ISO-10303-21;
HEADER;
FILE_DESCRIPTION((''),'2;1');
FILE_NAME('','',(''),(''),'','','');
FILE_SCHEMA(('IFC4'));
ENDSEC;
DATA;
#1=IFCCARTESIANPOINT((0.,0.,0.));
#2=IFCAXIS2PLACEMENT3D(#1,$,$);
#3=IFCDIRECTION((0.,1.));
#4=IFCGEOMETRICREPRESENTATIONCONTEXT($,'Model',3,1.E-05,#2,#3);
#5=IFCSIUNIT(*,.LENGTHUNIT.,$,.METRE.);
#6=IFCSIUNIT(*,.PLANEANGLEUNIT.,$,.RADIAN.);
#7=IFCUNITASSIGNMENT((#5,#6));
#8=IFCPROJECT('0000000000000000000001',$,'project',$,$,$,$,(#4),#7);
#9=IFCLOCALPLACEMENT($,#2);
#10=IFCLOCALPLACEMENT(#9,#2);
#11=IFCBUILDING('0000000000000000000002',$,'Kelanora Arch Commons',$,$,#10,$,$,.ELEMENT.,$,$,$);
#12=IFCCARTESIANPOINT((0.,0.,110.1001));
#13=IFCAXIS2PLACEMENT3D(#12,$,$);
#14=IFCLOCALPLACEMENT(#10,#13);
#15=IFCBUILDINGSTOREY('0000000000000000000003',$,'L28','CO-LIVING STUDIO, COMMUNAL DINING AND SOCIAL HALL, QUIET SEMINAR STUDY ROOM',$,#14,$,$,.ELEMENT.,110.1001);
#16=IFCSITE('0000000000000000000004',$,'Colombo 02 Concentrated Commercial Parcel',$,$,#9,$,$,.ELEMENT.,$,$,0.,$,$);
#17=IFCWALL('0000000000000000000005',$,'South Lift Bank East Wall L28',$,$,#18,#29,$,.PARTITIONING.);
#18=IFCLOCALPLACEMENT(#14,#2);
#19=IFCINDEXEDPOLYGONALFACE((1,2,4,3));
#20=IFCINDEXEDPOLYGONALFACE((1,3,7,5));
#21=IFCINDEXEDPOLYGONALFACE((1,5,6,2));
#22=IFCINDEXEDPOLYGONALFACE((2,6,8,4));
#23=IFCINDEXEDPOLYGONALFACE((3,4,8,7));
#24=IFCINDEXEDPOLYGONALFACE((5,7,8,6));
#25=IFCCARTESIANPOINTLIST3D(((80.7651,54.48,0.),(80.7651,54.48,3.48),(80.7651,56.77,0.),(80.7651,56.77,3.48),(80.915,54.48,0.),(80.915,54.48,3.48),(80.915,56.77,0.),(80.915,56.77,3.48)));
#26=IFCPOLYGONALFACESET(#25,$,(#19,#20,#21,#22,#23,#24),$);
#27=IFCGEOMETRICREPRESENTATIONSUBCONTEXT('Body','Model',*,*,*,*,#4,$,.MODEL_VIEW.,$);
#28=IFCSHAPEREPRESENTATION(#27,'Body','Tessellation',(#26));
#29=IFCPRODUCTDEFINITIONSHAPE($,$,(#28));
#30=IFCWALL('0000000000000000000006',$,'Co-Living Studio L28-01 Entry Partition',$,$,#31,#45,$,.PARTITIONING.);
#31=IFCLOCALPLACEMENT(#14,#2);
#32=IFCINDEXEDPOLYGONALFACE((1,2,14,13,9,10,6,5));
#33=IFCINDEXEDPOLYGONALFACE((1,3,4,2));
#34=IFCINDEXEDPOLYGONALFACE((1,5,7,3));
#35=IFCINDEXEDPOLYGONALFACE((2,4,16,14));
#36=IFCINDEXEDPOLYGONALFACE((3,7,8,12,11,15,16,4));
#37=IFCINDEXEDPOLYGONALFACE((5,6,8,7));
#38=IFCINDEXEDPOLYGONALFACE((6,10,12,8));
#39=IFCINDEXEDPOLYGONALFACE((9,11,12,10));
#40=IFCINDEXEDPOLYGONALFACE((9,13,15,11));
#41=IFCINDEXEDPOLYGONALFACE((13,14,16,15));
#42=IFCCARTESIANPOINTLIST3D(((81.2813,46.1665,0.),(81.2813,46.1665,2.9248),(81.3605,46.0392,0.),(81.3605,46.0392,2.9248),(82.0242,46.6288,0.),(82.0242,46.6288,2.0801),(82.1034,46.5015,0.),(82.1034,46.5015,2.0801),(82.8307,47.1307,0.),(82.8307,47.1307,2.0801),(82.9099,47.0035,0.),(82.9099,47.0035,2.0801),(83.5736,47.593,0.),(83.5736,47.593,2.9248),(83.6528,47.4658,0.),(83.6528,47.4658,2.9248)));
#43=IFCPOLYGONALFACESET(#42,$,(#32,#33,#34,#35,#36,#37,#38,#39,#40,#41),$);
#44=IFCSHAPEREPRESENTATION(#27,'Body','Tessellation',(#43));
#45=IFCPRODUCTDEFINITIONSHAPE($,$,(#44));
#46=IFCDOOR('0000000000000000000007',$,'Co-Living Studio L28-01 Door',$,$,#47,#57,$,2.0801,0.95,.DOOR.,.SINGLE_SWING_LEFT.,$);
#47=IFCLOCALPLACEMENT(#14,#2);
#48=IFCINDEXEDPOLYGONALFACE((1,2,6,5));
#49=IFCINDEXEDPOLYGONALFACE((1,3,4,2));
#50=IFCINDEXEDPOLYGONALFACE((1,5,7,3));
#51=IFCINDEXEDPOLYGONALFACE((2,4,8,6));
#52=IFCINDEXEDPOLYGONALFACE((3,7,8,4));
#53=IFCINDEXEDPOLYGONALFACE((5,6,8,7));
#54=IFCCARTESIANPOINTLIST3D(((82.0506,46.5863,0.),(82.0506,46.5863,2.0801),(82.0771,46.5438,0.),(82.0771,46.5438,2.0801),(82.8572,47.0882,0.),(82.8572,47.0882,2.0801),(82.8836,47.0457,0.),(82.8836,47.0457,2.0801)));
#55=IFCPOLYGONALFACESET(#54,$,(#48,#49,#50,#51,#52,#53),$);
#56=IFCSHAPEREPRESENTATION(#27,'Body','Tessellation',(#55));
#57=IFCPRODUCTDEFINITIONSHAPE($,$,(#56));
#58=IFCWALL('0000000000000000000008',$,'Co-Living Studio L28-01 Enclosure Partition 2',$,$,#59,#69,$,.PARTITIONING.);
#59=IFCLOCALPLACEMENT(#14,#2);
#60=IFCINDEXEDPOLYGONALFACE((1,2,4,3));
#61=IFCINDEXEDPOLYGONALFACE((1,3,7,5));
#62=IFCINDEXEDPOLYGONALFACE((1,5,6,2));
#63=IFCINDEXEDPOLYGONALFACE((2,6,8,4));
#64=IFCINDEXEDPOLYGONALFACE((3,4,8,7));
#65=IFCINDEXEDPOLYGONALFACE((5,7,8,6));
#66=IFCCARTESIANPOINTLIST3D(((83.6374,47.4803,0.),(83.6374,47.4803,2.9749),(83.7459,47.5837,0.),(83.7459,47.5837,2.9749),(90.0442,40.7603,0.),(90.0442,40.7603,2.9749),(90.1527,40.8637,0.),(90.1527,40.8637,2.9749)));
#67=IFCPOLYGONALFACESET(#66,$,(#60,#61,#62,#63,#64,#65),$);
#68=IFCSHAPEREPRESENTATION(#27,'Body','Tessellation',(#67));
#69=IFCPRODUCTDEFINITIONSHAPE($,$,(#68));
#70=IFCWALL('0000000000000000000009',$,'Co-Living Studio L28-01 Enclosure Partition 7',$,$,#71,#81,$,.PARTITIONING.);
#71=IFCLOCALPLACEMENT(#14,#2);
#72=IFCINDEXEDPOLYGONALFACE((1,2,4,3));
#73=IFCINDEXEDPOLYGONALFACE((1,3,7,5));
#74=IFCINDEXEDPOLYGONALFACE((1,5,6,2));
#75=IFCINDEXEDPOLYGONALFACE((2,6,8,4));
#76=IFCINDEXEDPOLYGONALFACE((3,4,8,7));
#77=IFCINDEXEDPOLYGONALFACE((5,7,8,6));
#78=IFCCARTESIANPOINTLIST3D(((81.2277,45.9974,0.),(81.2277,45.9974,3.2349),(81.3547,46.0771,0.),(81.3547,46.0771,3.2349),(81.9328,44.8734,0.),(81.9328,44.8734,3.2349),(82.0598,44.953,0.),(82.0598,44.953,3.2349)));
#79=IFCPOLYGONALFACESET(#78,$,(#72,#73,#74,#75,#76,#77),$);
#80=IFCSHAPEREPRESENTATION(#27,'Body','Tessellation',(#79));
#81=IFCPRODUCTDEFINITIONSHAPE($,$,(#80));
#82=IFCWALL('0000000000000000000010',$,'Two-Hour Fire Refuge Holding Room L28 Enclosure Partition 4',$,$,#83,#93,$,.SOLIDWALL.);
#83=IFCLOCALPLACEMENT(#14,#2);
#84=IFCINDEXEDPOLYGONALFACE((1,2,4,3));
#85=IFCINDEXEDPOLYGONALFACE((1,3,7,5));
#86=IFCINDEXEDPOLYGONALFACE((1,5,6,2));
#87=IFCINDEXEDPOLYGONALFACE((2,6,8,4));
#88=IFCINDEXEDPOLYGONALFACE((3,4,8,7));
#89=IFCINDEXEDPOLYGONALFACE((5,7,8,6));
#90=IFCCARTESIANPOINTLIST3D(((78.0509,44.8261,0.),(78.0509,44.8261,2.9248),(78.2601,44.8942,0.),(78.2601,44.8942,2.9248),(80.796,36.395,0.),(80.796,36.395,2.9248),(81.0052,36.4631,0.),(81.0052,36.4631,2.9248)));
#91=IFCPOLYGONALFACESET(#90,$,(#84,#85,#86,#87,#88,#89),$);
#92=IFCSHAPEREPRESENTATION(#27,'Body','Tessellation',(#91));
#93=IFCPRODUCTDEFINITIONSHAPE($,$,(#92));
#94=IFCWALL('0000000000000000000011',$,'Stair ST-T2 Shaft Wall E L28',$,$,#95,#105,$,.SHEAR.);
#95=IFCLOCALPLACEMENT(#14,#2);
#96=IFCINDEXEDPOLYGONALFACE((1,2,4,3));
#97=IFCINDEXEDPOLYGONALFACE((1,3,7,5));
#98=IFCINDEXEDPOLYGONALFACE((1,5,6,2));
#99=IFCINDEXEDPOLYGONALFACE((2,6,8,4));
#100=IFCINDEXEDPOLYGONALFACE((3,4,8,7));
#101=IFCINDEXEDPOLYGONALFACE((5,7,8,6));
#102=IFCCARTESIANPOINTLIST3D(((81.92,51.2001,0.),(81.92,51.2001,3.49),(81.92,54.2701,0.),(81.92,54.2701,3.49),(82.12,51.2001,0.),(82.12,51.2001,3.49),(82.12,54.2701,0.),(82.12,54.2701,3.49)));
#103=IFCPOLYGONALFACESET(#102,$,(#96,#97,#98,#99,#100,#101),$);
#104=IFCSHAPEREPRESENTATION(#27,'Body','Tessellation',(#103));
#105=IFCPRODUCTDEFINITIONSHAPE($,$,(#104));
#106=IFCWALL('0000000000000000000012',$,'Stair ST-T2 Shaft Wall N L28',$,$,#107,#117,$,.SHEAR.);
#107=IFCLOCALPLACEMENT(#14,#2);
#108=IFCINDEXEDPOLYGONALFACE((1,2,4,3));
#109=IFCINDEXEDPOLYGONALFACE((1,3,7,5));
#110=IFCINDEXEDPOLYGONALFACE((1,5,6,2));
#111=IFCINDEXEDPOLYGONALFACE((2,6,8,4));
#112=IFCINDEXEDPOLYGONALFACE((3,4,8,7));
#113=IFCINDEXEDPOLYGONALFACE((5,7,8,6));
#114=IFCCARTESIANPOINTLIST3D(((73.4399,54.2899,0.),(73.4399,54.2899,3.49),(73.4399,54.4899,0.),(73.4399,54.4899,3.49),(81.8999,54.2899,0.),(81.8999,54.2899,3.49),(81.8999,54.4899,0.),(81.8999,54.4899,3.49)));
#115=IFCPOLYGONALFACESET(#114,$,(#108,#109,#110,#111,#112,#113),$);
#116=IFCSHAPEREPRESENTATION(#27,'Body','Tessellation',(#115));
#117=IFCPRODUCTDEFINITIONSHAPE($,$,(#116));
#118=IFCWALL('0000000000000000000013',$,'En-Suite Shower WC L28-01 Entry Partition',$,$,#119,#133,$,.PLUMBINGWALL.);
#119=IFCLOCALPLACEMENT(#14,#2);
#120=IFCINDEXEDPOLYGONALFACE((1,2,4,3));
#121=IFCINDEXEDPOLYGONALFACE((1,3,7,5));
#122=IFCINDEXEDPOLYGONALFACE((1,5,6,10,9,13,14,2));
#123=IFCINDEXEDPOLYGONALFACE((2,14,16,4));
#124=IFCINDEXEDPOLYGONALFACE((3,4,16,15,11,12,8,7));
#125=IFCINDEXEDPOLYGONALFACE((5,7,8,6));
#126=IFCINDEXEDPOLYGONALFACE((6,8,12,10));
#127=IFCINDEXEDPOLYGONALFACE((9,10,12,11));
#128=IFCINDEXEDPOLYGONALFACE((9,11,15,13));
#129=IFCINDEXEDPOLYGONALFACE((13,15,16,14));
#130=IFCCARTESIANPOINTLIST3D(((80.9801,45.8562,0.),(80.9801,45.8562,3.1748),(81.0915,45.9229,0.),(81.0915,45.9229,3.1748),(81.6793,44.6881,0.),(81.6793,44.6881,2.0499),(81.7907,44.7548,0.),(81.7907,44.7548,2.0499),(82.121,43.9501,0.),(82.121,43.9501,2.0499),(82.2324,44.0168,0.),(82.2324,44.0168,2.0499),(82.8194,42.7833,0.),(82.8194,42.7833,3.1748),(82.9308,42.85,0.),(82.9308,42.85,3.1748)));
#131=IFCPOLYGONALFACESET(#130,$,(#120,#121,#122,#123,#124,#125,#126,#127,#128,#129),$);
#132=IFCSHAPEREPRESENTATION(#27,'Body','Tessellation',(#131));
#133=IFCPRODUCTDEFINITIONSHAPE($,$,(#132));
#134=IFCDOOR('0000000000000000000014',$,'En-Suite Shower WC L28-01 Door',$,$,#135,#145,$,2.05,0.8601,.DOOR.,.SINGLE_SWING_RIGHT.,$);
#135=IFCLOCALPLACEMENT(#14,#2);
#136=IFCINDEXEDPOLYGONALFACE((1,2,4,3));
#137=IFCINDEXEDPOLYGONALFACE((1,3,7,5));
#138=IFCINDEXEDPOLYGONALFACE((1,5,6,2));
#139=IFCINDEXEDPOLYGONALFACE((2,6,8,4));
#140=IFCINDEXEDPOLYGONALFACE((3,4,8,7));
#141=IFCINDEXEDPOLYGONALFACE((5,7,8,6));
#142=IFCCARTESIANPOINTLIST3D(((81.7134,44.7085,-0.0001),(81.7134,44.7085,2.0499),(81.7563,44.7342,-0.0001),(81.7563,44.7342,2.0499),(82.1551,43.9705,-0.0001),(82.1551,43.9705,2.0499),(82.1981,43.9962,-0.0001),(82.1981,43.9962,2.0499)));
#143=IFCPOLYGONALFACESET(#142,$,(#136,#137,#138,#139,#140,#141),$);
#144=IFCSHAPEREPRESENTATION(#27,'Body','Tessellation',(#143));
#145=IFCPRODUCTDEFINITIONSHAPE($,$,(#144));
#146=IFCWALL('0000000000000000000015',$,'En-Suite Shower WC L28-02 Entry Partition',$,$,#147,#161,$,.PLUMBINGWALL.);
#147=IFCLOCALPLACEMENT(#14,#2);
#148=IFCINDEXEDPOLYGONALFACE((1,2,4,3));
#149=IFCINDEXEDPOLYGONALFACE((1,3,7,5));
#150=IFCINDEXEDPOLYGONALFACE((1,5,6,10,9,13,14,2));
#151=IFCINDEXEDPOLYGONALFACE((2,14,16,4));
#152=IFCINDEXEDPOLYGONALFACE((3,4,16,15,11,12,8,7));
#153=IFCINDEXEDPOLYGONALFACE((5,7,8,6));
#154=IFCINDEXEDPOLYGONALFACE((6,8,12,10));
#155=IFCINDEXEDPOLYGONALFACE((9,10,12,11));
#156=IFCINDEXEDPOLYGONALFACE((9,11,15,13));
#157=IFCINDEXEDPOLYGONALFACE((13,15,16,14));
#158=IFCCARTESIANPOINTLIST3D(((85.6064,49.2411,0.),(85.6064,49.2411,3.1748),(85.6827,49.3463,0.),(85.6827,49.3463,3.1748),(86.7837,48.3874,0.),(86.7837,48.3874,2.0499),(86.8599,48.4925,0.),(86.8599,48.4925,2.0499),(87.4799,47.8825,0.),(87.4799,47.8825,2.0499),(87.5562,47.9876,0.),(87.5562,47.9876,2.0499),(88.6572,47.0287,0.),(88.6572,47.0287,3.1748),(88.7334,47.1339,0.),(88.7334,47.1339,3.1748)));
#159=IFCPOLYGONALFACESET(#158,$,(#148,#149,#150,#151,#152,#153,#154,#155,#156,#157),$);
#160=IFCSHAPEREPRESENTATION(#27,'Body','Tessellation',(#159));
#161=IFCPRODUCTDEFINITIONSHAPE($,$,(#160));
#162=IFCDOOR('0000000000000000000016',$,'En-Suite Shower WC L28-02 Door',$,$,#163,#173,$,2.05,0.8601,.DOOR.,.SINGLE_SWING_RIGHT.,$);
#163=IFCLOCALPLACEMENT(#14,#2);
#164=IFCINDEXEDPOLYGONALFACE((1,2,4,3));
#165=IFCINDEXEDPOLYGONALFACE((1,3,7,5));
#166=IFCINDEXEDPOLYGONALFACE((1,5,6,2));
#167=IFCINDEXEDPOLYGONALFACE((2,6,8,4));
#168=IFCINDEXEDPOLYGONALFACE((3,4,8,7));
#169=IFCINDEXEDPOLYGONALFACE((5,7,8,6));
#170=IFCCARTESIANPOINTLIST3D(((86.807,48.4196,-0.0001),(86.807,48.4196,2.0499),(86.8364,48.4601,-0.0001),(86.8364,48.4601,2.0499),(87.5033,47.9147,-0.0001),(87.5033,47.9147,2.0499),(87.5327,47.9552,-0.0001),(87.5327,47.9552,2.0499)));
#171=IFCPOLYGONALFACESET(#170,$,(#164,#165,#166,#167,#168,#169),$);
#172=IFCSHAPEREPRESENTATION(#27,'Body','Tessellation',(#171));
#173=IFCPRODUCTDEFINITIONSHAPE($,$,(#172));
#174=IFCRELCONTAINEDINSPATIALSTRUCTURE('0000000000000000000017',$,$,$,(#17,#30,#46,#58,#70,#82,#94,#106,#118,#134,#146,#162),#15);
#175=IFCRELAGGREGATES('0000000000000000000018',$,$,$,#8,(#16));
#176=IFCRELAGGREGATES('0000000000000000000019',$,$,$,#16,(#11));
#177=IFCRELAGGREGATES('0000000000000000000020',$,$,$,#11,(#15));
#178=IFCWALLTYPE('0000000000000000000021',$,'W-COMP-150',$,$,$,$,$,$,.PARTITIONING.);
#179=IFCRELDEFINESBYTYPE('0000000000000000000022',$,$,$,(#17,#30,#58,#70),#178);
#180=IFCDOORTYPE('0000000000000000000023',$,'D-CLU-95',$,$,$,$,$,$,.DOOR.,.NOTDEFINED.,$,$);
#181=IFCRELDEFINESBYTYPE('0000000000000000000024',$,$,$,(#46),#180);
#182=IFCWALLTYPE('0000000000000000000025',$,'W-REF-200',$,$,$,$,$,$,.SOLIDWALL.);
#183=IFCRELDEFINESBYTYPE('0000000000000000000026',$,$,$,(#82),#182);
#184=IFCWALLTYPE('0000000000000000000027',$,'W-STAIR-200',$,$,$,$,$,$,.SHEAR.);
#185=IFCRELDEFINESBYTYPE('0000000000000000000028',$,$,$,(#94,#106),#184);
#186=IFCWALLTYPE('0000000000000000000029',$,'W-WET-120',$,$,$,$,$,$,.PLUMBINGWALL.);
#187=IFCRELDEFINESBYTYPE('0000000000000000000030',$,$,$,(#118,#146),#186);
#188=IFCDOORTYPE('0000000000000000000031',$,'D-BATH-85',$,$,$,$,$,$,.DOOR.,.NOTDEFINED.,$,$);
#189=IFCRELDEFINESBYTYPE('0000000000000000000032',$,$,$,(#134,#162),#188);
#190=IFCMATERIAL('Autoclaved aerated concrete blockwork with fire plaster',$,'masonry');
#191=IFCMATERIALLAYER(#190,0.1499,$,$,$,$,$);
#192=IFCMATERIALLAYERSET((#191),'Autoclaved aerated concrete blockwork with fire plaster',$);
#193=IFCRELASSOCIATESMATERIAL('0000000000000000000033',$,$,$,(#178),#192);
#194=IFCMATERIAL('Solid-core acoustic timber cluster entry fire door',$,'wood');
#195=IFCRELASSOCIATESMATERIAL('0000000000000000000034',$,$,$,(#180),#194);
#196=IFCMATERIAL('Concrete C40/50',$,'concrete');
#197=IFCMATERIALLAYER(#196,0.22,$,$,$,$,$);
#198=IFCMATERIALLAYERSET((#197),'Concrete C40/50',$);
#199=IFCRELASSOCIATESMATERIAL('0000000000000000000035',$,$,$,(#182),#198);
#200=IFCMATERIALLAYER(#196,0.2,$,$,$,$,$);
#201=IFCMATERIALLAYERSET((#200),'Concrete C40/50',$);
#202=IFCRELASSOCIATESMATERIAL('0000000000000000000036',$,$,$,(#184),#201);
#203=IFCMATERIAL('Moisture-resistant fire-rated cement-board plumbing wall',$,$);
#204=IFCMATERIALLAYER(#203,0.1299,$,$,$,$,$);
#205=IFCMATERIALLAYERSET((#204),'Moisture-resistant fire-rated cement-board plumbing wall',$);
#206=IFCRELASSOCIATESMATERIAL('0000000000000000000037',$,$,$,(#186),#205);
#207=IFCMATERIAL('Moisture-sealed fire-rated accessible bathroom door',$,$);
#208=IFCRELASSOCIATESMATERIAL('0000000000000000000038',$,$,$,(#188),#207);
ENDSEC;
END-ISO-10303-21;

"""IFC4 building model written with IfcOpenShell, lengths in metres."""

from ifc_helpers import new_model, si_unit, direction, frame, frame_2d, origin, place, context, subcontext, project, spatial, rectangle, extrude, material, layer, layer_set, type_object, element, fill, save


model = new_model("IFC4")

# Units and contexts
model_context = context("Model", 3, precision=1e-05, world=origin(), true_north=direction((0.0, 1.0)))
body_context = subcontext(model_context, "Body", "Model", "MODEL_VIEW")
ifc_project = project(units=[si_unit("LENGTHUNIT", "METRE"), si_unit("PLANEANGLEUNIT", "RADIAN")], contexts=[model_context])

# Site, building, storey
site_placement = place(None, origin())
site = spatial("IfcSite", under=ifc_project, at=site_placement, Name="Colombo 02 Concentrated Commercial Parcel", CompositionType="ELEMENT", RefElevation=0.0)
building_placement = place(site_placement, origin())
building = spatial("IfcBuilding", under=site, at=building_placement, Name="Kelanora Arch Commons", CompositionType="ELEMENT")
storey_placement = place(building_placement, frame((0.0, 0.0, 110.1001)))
storey = spatial("IfcBuildingStorey", under=building, at=storey_placement, Name="L28", Description="CO-LIVING STUDIO, COMMUNAL DINING AND SOCIAL HALL, QUIET SEMINAR STUDY ROOM", CompositionType="ELEMENT", Elevation=110.1001)

# Wall
ifc_material_1 = material(Name="Autoclaved aerated concrete blockwork with fire plaster", Category="masonry")
ifc_layer_1 = layer(ifc_material_1, 0.1499)
ifc_layer_set_1 = layer_set([ifc_layer_1], Name="Autoclaved aerated concrete blockwork with fire plaster")
wall_type_1 = type_object("IfcWallType", Name="W-COMP-150", PredefinedType="PARTITIONING", material=ifc_layer_set_1)
wall_1_placement = place(storey_placement, frame((80.8401, 54.48, 0.0), z_axis=(0.0, 0.0, 1.0), x_axis=(0.0, 1.0, 0.0)))
element("IfcWall", 1, at=wall_1_placement, inside=storey, type_object=wall_type_1, Name="South Lift Bank East Wall L28", PredefinedType="PARTITIONING", context=body_context, shape_type="SweptSolid", body=[
    extrude(rectangle(XDim=2.29, YDim=0.1499, at=frame_2d((1.145, 0.0))), origin(), (0.0, 0.0, 1.0), 3.48),
])

# Wall, opening, door
wall_2_placement = place(storey_placement, frame((81.3208, 46.1028, 0.0), z_axis=(0.0, 0.0, 1.0), x_axis=(0.849018, 0.528364, 0.0)))
wall_2 = element("IfcWall", 2, at=wall_2_placement, inside=storey, type_object=wall_type_1, Name="Co-Living Studio L28-01 Entry Partition", PredefinedType="PARTITIONING", context=body_context, shape_type="SweptSolid", body=[
    extrude(rectangle(XDim=2.7, YDim=0.1499, at=frame_2d((1.3501, 0.0))), origin(), (0.0, 0.0, 1.0), 2.9248),
])
opening_1_placement = place(wall_2_placement, frame((0.875, 0.0, 0.0)))
opening_1 = element("IfcOpeningElement", 3, at=opening_1_placement, cuts=wall_2, PredefinedType="OPENING", context=body_context, shape_type="SweptSolid", body=[
    extrude(rectangle(XDim=0.95, YDim=2.0801, at=frame_2d((0.4751, 1.04))), frame((0.0, 0.085, 0.0), z_axis=(0.0, -1.0, 0.0), x_axis=(1.0, 0.0, 0.0)), (0.0, 0.0, 1.0), 0.1699),
])
ifc_material_2 = material(Name="Solid-core acoustic timber cluster entry fire door", Category="wood")
door_type_1 = type_object("IfcDoorType", Name="D-CLU-95", OperationType="NOTDEFINED", PredefinedType="DOOR", material=ifc_material_2)
door_1_placement = place(opening_1_placement, origin())
door_1 = element("IfcDoor", 4, at=door_1_placement, inside=storey, type_object=door_type_1, Name="Co-Living Studio L28-01 Door", OperationType="SINGLE_SWING_LEFT", OverallHeight=2.0801, OverallWidth=0.95, PredefinedType="DOOR", context=body_context, shape_type="SweptSolid", body=[
    extrude(rectangle(XDim=0.95, YDim=2.0801, at=frame_2d((0.4751, 1.04))), frame((0.0, 0.0249, 0.0), z_axis=(0.0, -1.0, 0.0), x_axis=(1.0, 0.0, 0.0)), (0.0, 0.0, 1.0), 0.05),
])
fill(opening_1, door_1)

# Walls
wall_3_placement = place(storey_placement, frame((83.6917, 47.532, 0.0), z_axis=(0.0, 0.0, 1.0), x_axis=(0.690037, -0.723774, 0.0)))
element("IfcWall", 5, at=wall_3_placement, inside=storey, type_object=wall_type_1, Name="Co-Living Studio L28-01 Enclosure Partition 2", PredefinedType="PARTITIONING", context=body_context, shape_type="SweptSolid", body=[
    extrude(rectangle(XDim=9.2847, YDim=0.1499, at=frame_2d((4.6423, 0.0))), origin(), (0.0, 0.0, 1.0), 2.9749),
])
wall_4_placement = place(storey_placement, frame((81.9963, 44.9131, 0.0), z_axis=(0.0, 0.0, 1.0), x_axis=(-0.531388, 0.847129, 0.0)))
element("IfcWall", 6, at=wall_4_placement, inside=storey, type_object=wall_type_1, Name="Co-Living Studio L28-01 Enclosure Partition 7", PredefinedType="PARTITIONING", context=body_context, shape_type="SweptSolid", body=[
    extrude(rectangle(XDim=1.3269, YDim=0.1499, at=frame_2d((0.6636, 0.0))), origin(), (0.0, 0.0, 1.0), 3.2349),
])
ifc_material_3 = material(Name="Concrete C40/50", Category="concrete")
ifc_layer_2 = layer(ifc_material_3, 0.22)
ifc_layer_set_2 = layer_set([ifc_layer_2], Name="Concrete C40/50")
wall_type_2 = type_object("IfcWallType", Name="W-REF-200", PredefinedType="SOLIDWALL", material=ifc_layer_set_2)
wall_5_placement = place(storey_placement, frame((78.1555, 44.8601, 0.0), z_axis=(0.0, 0.0, 1.0), x_axis=(0.309595, -0.950868, 0.0)))
element("IfcWall", 7, at=wall_5_placement, inside=storey, type_object=wall_type_2, Name="Two-Hour Fire Refuge Holding Room L28 Enclosure Partition 4", PredefinedType="SOLIDWALL", context=body_context, shape_type="SweptSolid", body=[
    extrude(rectangle(XDim=8.8667, YDim=0.22, at=frame_2d((4.4333, 0.0))), origin(), (0.0, 0.0, 1.0), 2.9248),
])
ifc_layer_3 = layer(ifc_material_3, 0.2)
ifc_layer_set_3 = layer_set([ifc_layer_3], Name="Concrete C40/50")
wall_type_3 = type_object("IfcWallType", Name="W-STAIR-200", PredefinedType="SHEAR", material=ifc_layer_set_3)
wall_6_placement = place(storey_placement, frame((82.02, 51.2, 0.0), z_axis=(0.0, 0.0, 1.0), x_axis=(0.0, 1.0, 0.0)))
element("IfcWall", 8, at=wall_6_placement, inside=storey, type_object=wall_type_3, Name="Stair ST-T2 Shaft Wall E L28", PredefinedType="SHEAR", context=body_context, shape_type="SweptSolid", body=[
    extrude(rectangle(XDim=3.0701, YDim=0.2, at=frame_2d((1.5352, 0.0))), origin(), (0.0, 0.0, 1.0), 3.49),
])
wall_7_placement = place(storey_placement, frame((81.8999, 54.3899, 0.0), z_axis=(0.0, 0.0, 1.0), x_axis=(-1.0, 0.0, 0.0)))
element("IfcWall", 9, at=wall_7_placement, inside=storey, type_object=wall_type_3, Name="Stair ST-T2 Shaft Wall N L28", PredefinedType="SHEAR", context=body_context, shape_type="SweptSolid", body=[
    extrude(rectangle(XDim=8.46, YDim=0.2, at=frame_2d((4.23, 0.0))), origin(), (0.0, 0.0, 1.0), 3.49),
])

# Walls, openings, doors
ifc_material_4 = material(Name="Moisture-resistant fire-rated cement-board plumbing wall")
ifc_layer_4 = layer(ifc_material_4, 0.1299)
ifc_layer_set_4 = layer_set([ifc_layer_4], Name="Moisture-resistant fire-rated cement-board plumbing wall")
wall_type_4 = type_object("IfcWallType", Name="W-WET-120", PredefinedType="PLUMBINGWALL", material=ifc_layer_set_4)
wall_8_placement = place(storey_placement, frame((81.0359, 45.8894, 0.0), z_axis=(0.0, 0.0, 1.0), x_axis=(0.513583, -0.85804, 0.0)))
wall_8 = element("IfcWall", 10, at=wall_8_placement, inside=storey, type_object=wall_type_4, Name="En-Suite Shower WC L28-01 Entry Partition", PredefinedType="PLUMBINGWALL", context=body_context, shape_type="SweptSolid", body=[
    extrude(rectangle(XDim=3.5813, YDim=0.1299, at=frame_2d((1.7905, 0.0))), origin(), (0.0, 0.0, 1.0), 3.1748),
])
opening_2_placement = place(wall_8_placement, frame((1.3611, 0.0, 0.0)))
opening_2 = element("IfcOpeningElement", 11, at=opening_2_placement, cuts=wall_8, PredefinedType="OPENING", context=body_context, shape_type="SweptSolid", body=[
    extrude(rectangle(XDim=0.8601, YDim=2.05, at=frame_2d((0.4302, 1.0249))), frame((0.0, 0.075, 0.0), z_axis=(0.0, -1.0, 0.0), x_axis=(1.0, 0.0, 0.0)), (0.0, 0.0, 1.0), 0.1499),
])
ifc_material_5 = material(Name="Moisture-sealed fire-rated accessible bathroom door")
door_type_2 = type_object("IfcDoorType", Name="D-BATH-85", OperationType="NOTDEFINED", PredefinedType="DOOR", material=ifc_material_5)
door_2_placement = place(opening_2_placement, origin())
door_2 = element("IfcDoor", 12, at=door_2_placement, inside=storey, type_object=door_type_2, Name="En-Suite Shower WC L28-01 Door", OperationType="SINGLE_SWING_RIGHT", OverallHeight=2.05, OverallWidth=0.8601, PredefinedType="DOOR", context=body_context, shape_type="SweptSolid", body=[
    extrude(rectangle(XDim=0.8601, YDim=2.05, at=frame_2d((0.4302, 1.0249))), frame((0.0, 0.0249, 0.0), z_axis=(0.0, -1.0, 0.0), x_axis=(1.0, 0.0, 0.0)), (0.0, 0.0, 1.0), 0.05),
])
fill(opening_2, door_2)
wall_9_placement = place(storey_placement, frame((85.6445, 49.2937, 0.0), z_axis=(0.0, 0.0, 1.0), x_axis=(0.809537, -0.587069, 0.0)))
wall_9 = element("IfcWall", 13, at=wall_9_placement, inside=storey, type_object=wall_type_4, Name="En-Suite Shower WC L28-02 Entry Partition", PredefinedType="PLUMBINGWALL", context=body_context, shape_type="SweptSolid", body=[
    extrude(rectangle(XDim=3.7686, YDim=0.1299, at=frame_2d((1.8843, 0.0))), origin(), (0.0, 0.0, 1.0), 3.1748),
])
opening_3_placement = place(wall_9_placement, frame((1.4541, 0.0, 0.0)))
opening_3 = element("IfcOpeningElement", 14, at=opening_3_placement, cuts=wall_9, PredefinedType="OPENING", context=body_context, shape_type="SweptSolid", body=[
    extrude(rectangle(XDim=0.8601, YDim=2.05, at=frame_2d((0.4302, 1.0249))), frame((0.0, 0.075, 0.0), z_axis=(0.0, -1.0, 0.0), x_axis=(1.0, 0.0, 0.0)), (0.0, 0.0, 1.0), 0.1499),
])
door_3_placement = place(opening_3_placement, origin())
door_3 = element("IfcDoor", 15, at=door_3_placement, inside=storey, type_object=door_type_2, Name="En-Suite Shower WC L28-02 Door", OperationType="SINGLE_SWING_RIGHT", OverallHeight=2.05, OverallWidth=0.8601, PredefinedType="DOOR", context=body_context, shape_type="SweptSolid", body=[
    extrude(rectangle(XDim=0.8601, YDim=2.05, at=frame_2d((0.4302, 1.0249))), frame((0.0, 0.0249, 0.0), z_axis=(0.0, -1.0, 0.0), x_axis=(1.0, 0.0, 0.0)), (0.0, 0.0, 1.0), 0.05),
])
fill(opening_3, door_3)

save(model, "model.ifc")
